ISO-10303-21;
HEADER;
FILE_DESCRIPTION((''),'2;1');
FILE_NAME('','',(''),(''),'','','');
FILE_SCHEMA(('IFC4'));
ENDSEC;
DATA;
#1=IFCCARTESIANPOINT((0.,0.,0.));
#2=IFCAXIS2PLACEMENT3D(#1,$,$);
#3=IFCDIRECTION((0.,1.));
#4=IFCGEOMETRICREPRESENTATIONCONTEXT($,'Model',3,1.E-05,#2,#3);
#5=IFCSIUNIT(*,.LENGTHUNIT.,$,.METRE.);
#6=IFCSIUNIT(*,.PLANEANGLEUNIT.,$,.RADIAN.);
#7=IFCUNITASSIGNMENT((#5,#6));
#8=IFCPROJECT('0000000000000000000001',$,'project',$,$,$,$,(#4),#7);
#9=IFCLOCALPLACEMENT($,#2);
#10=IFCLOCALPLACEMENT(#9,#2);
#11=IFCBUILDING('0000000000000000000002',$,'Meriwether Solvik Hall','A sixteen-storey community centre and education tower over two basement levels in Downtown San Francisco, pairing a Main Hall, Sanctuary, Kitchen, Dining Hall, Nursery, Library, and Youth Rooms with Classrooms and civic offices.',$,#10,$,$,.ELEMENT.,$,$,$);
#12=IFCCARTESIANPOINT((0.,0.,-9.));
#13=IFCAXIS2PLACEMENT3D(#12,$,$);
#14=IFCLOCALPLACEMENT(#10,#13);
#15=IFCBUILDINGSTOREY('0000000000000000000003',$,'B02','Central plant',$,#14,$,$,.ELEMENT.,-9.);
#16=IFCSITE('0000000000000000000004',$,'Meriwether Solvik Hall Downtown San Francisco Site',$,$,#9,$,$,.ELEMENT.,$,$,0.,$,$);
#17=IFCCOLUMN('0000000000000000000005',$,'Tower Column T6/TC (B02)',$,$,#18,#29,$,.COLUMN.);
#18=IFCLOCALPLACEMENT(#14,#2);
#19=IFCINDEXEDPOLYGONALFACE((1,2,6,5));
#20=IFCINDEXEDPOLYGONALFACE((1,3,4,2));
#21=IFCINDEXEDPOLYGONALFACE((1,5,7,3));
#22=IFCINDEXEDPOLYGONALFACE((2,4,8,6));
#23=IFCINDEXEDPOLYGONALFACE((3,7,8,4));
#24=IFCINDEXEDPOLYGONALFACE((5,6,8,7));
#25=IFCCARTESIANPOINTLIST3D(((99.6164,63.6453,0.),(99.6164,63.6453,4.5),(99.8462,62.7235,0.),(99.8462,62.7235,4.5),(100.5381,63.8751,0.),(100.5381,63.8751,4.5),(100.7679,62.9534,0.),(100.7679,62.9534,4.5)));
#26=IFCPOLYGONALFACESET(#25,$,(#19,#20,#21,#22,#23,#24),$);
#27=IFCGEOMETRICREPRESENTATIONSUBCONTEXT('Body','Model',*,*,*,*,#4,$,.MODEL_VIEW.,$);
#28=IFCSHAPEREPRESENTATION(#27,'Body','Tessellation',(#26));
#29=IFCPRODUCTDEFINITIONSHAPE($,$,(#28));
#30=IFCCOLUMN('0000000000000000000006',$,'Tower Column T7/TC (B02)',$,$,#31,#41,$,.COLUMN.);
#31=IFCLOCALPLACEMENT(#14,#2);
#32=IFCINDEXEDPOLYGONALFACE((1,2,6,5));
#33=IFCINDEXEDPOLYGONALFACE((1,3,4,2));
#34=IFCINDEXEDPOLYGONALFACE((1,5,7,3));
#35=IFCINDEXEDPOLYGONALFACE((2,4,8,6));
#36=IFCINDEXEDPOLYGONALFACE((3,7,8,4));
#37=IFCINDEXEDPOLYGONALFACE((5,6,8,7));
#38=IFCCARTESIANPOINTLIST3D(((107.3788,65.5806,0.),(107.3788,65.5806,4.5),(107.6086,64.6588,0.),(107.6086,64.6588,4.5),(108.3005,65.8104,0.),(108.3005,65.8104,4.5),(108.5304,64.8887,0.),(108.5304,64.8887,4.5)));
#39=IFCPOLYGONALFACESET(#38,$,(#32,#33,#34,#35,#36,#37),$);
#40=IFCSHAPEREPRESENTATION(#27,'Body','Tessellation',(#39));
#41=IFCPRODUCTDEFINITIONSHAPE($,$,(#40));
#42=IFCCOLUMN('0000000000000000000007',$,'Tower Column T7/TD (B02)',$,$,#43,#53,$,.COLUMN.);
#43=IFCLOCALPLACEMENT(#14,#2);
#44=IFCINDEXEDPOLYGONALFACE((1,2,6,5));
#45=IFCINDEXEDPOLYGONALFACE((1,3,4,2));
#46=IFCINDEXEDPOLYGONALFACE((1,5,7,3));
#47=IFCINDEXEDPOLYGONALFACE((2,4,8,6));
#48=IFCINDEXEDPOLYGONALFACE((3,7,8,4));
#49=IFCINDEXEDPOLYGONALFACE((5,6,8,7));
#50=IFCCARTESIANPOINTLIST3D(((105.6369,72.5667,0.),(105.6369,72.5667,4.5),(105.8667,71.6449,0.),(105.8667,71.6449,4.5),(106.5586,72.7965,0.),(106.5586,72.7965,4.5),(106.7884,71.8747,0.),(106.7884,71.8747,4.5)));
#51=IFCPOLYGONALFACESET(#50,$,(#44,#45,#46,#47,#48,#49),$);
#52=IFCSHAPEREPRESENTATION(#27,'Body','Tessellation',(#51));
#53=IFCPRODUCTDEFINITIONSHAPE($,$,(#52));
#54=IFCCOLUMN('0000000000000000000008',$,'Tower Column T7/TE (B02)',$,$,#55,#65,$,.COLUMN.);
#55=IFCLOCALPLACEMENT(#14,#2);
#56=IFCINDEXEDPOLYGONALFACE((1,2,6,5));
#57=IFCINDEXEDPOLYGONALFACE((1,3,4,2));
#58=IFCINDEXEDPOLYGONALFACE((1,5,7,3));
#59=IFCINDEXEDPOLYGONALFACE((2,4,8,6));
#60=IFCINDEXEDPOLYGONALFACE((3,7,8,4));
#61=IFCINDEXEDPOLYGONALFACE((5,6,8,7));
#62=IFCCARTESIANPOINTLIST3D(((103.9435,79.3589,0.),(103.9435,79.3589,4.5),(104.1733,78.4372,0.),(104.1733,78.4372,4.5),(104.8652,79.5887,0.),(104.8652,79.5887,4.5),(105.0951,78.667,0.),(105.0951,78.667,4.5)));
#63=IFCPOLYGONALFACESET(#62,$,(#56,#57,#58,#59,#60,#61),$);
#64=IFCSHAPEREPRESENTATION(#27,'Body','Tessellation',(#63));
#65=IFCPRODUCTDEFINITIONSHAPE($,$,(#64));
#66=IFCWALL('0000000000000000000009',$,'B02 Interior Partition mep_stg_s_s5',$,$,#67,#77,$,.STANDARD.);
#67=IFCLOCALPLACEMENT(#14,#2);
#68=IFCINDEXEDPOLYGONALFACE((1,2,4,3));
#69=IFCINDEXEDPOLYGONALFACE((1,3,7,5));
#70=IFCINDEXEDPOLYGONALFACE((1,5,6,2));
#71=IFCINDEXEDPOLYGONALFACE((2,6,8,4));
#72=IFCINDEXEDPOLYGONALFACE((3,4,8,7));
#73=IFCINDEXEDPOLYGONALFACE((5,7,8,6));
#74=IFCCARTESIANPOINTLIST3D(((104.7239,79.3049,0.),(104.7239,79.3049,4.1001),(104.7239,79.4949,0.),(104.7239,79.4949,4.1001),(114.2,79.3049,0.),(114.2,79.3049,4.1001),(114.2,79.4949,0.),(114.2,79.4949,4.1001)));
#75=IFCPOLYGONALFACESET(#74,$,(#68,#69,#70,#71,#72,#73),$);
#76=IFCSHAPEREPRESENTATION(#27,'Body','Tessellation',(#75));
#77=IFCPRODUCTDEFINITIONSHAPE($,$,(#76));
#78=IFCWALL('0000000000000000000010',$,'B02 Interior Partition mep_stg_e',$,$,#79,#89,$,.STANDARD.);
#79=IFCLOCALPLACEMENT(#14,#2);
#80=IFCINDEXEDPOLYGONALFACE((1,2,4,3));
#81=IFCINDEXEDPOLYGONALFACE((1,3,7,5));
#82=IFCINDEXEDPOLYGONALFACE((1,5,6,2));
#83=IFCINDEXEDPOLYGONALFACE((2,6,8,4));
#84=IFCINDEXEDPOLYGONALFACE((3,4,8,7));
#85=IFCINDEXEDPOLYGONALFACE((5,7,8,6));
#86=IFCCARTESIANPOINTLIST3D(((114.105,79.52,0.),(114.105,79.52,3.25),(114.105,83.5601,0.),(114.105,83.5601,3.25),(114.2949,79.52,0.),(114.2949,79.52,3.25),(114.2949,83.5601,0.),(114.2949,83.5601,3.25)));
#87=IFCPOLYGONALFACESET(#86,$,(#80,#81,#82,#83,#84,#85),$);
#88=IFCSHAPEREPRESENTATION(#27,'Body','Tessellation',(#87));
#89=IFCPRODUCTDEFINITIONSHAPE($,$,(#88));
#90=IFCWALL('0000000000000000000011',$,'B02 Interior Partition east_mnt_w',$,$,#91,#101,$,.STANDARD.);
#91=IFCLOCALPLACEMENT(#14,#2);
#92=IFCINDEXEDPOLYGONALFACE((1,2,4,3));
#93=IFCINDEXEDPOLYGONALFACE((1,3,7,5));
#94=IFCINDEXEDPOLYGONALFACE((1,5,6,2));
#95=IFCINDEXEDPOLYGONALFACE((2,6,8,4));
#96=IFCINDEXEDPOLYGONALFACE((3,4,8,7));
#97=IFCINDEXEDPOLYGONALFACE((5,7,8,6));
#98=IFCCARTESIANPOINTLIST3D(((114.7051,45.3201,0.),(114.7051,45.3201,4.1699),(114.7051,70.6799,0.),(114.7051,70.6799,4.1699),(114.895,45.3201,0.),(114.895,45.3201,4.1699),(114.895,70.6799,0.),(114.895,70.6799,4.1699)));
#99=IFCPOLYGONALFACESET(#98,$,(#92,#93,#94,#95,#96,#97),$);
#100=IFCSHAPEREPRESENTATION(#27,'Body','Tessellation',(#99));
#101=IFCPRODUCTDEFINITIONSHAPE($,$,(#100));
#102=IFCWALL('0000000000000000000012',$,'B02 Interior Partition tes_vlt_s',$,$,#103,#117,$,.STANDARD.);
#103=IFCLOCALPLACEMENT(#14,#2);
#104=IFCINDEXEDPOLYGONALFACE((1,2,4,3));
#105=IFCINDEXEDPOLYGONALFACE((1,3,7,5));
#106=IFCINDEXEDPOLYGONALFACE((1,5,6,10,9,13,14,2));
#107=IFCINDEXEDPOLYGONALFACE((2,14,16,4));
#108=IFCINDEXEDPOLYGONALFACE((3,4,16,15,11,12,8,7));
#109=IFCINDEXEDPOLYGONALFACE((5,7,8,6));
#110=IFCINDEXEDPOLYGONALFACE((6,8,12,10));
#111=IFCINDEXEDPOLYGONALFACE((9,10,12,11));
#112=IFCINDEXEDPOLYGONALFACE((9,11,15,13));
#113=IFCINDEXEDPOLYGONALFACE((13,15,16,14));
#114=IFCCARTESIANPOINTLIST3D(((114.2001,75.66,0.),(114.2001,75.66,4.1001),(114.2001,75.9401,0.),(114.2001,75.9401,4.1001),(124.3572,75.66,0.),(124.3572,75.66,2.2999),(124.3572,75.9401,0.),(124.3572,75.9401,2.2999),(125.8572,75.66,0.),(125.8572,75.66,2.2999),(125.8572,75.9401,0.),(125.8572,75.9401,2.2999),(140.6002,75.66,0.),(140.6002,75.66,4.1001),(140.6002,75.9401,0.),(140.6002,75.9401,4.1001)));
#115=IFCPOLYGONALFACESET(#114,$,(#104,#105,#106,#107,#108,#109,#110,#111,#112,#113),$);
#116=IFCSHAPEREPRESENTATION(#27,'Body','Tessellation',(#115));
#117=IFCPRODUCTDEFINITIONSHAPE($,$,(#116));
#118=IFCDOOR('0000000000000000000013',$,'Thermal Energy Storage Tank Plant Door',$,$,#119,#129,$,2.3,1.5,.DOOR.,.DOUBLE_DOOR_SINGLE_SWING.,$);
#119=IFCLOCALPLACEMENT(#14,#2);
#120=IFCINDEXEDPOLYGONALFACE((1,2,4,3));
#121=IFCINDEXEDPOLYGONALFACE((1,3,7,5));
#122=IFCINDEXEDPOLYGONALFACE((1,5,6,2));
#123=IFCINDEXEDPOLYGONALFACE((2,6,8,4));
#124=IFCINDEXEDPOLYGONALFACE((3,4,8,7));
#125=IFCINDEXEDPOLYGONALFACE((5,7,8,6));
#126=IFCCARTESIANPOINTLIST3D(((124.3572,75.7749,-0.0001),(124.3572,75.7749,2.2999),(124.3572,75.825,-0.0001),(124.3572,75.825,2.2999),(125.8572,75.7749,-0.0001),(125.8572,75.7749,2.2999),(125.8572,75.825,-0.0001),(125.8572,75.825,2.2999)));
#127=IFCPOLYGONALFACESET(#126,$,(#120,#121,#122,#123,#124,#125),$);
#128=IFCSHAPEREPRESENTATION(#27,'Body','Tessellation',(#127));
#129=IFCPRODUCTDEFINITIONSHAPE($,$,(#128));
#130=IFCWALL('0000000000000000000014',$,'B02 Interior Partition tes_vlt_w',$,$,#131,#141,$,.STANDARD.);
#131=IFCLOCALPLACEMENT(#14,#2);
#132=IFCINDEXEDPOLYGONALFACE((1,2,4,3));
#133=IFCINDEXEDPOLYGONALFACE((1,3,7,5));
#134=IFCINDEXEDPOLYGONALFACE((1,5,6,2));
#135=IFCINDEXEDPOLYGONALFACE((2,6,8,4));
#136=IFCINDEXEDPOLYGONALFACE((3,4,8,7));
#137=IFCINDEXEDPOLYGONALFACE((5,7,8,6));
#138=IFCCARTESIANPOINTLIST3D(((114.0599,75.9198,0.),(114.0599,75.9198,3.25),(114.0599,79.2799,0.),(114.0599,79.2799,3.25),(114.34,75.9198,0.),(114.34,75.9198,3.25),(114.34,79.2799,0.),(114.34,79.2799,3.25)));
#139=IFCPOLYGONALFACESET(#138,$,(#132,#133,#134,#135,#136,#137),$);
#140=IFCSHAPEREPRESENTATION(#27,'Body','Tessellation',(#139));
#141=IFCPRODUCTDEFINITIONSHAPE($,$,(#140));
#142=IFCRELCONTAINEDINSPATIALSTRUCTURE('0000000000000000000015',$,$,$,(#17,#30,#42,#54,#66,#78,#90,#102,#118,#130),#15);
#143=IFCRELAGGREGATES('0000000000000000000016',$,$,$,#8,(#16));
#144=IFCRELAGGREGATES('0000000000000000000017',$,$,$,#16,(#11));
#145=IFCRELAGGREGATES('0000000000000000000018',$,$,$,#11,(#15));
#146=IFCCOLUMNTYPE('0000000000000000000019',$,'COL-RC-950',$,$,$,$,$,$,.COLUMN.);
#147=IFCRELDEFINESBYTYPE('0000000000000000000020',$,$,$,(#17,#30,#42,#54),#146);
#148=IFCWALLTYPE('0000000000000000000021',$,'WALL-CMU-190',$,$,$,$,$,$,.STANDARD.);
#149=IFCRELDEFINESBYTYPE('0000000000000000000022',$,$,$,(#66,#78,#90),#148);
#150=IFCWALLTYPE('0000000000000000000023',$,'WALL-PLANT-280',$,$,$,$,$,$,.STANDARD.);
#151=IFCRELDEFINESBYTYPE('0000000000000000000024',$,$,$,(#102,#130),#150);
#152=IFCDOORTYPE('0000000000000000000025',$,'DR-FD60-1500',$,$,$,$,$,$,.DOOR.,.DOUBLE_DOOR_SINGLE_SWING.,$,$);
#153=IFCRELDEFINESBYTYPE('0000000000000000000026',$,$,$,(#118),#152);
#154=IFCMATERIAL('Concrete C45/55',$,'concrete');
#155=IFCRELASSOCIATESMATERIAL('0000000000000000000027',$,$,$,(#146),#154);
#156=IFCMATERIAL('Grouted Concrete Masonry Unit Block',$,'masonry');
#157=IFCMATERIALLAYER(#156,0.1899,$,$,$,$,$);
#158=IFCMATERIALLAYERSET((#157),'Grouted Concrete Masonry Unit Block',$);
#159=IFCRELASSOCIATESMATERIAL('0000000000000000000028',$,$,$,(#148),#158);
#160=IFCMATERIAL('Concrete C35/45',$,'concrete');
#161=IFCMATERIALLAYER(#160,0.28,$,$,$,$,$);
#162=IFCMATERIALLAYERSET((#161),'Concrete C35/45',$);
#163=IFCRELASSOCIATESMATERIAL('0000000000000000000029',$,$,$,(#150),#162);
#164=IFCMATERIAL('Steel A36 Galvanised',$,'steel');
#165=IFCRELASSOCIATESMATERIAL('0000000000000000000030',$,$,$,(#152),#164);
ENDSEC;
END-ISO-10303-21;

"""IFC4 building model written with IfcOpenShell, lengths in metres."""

from ifc_helpers import new_model, si_unit, direction, frame, frame_2d, origin, origin_2d, place, context, subcontext, project, spatial, rectangle, extrude, material, layer, layer_set, material_profile, profile_set, type_object, element, fill, save


model = new_model("IFC4")

# Units and contexts
model_context = context("Model", 3, precision=1e-05, world=origin(), true_north=direction((0.0, 1.0)))
body_context = subcontext(model_context, "Body", "Model", "MODEL_VIEW")
ifc_project = project(units=[si_unit("LENGTHUNIT", "METRE"), si_unit("PLANEANGLEUNIT", "RADIAN")], contexts=[model_context])

# Site, building, storey
site_placement = place(None, origin())
site = spatial("IfcSite", under=ifc_project, at=site_placement, Name="Meriwether Solvik Hall Downtown San Francisco Site", CompositionType="ELEMENT", RefElevation=0.0)
building_placement = place(site_placement, origin())
building = spatial("IfcBuilding", under=site, at=building_placement, Name="Meriwether Solvik Hall", Description="A sixteen-storey community centre and education tower over two basement levels in Downtown San Francisco, pairing a Main Hall, Sanctuary, Kitchen, Dining Hall, Nursery, Library, and Youth Rooms with Classrooms and civic offices.", CompositionType="ELEMENT")
storey_placement = place(building_placement, frame((0.0, 0.0, -9.0)))
storey = spatial("IfcBuildingStorey", under=building, at=storey_placement, Name="B02", Description="Central plant", CompositionType="ELEMENT", Elevation=-9.0)

# Columns
ifc_material_1 = material(Name="Concrete C45/55", Category="concrete")
ifc_material_profile_1 = material_profile(ifc_material_1, rectangle(XDim=0.95, YDim=0.95, at=origin_2d()), Name="RCC-950X950")
ifc_profile_set_1 = profile_set([ifc_material_profile_1], Name="Concrete C45/55")
column_type_1 = type_object("IfcColumnType", Name="COL-RC-950", PredefinedType="COLUMN", material=ifc_profile_set_1)
for number, where, z_axis, x_axis, name in (
    (1, (100.1921, 63.2993, 0.0), (0.0, 0.0, 1.0), (0.970296, 0.241922, 0.0), "Tower Column T6/TC (B02)"),
    (2, (107.9546, 65.2346, 0.0), (0.0, 0.0, 1.0), (0.970296, 0.241922, 0.0), "Tower Column T7/TC (B02)"),
    (3, (106.2126, 72.2207, 0.0), (0.0, 0.0, 1.0), (0.970296, 0.241922, 0.0), "Tower Column T7/TD (B02)"),
    (4, (104.5193, 79.0129, 0.0), (0.0, 0.0, 1.0), (0.970296, 0.241922, 0.0), "Tower Column T7/TE (B02)"),
):
    element("IfcColumn", number, at=place(storey_placement, frame(where, z_axis=z_axis, x_axis=x_axis)), inside=storey, type_object=column_type_1, Name=name, PredefinedType="COLUMN", context=body_context, shape_type="SweptSolid", body=[
        extrude(rectangle(XDim=0.95, YDim=0.95, at=origin_2d()), origin(), (0.0, 0.0, 1.0), 4.5),
    ])

# Walls
ifc_material_2 = material(Name="Grouted Concrete Masonry Unit Block", Category="masonry")
ifc_layer_1 = layer(ifc_material_2, 0.1899)
ifc_layer_set_1 = layer_set([ifc_layer_1], Name="Grouted Concrete Masonry Unit Block")
wall_type_1 = type_object("IfcWallType", Name="WALL-CMU-190", PredefinedType="STANDARD", material=ifc_layer_set_1)
wall_1_placement = place(storey_placement, frame((104.7239, 79.3999, 0.0), z_axis=(0.0, 0.0, 1.0), x_axis=(1.0, 0.0, 0.0)))
element("IfcWall", 5, at=wall_1_placement, inside=storey, type_object=wall_type_1, Name="B02 Interior Partition mep_stg_s_s5", PredefinedType="STANDARD", context=body_context, shape_type="SweptSolid", body=[
    extrude(rectangle(XDim=9.4761, YDim=0.1899, at=frame_2d((4.738, 0.0))), origin(), (0.0, 0.0, 1.0), 4.1001),
])
wall_2_placement = place(storey_placement, frame((114.2, 79.52, 0.0), z_axis=(0.0, 0.0, 1.0), x_axis=(0.0, 1.0, 0.0)))
element("IfcWall", 6, at=wall_2_placement, inside=storey, type_object=wall_type_1, Name="B02 Interior Partition mep_stg_e", PredefinedType="STANDARD", context=body_context, shape_type="SweptSolid", body=[
    extrude(rectangle(XDim=4.04, YDim=0.1899, at=frame_2d((2.02, 0.0))), origin(), (0.0, 0.0, 1.0), 3.25),
])
wall_3_placement = place(storey_placement, frame((114.8, 70.6799, 0.0), z_axis=(0.0, 0.0, 1.0), x_axis=(0.0, -1.0, 0.0)))
element("IfcWall", 7, at=wall_3_placement, inside=storey, type_object=wall_type_1, Name="B02 Interior Partition east_mnt_w", PredefinedType="STANDARD", context=body_context, shape_type="SweptSolid", body=[
    extrude(rectangle(XDim=25.3599, YDim=0.1899, at=frame_2d((12.6799, 0.0))), origin(), (0.0, 0.0, 1.0), 4.1699),
])

# Wall, opening, door
ifc_material_3 = material(Name="Concrete C35/45", Category="concrete")
ifc_layer_2 = layer(ifc_material_3, 0.28)
ifc_layer_set_2 = layer_set([ifc_layer_2], Name="Concrete C35/45")
wall_type_2 = type_object("IfcWallType", Name="WALL-PLANT-280", PredefinedType="STANDARD", material=ifc_layer_set_2)
wall_4_placement = place(storey_placement, frame((114.2, 75.8, 0.0), z_axis=(0.0, 0.0, 1.0), x_axis=(1.0, 0.0, 0.0)))
wall_4 = element("IfcWall", 8, at=wall_4_placement, inside=storey, type_object=wall_type_2, Name="B02 Interior Partition tes_vlt_s", PredefinedType="STANDARD", context=body_context, shape_type="SweptSolid", body=[
    extrude(rectangle(XDim=26.4001, YDim=0.28, at=frame_2d((13.2002, 0.0))), origin(), (0.0, 0.0, 1.0), 4.1001),
])
opening_placement = place(wall_4_placement, frame((10.1572, 0.0, 0.0)))
opening = element("IfcOpeningElement", 9, at=opening_placement, cuts=wall_4, PredefinedType="OPENING", context=body_context, shape_type="SweptSolid", body=[
    extrude(rectangle(XDim=1.5, YDim=2.3, at=frame_2d((0.75, 1.1499))), frame((0.0, 0.1519, 0.0), z_axis=(0.0, -1.0, 0.0), x_axis=(1.0, 0.0, 0.0)), (0.0, 0.0, 1.0), 0.304),
])
ifc_material_4 = material(Name="Steel A36 Galvanised", Category="steel")
door_type = type_object("IfcDoorType", Name="DR-FD60-1500", OperationType="DOUBLE_DOOR_SINGLE_SWING", PredefinedType="DOOR", material=ifc_material_4)
door_placement = place(opening_placement, origin())
door = element("IfcDoor", 10, at=door_placement, inside=storey, type_object=door_type, Name="Thermal Energy Storage Tank Plant Door", OperationType="DOUBLE_DOOR_SINGLE_SWING", OverallHeight=2.3, OverallWidth=1.5, PredefinedType="DOOR", context=body_context, shape_type="SweptSolid", body=[
    extrude(rectangle(XDim=1.5, YDim=2.3, at=frame_2d((0.75, 1.1499))), frame((0.0, 0.0249, 0.0), z_axis=(0.0, -1.0, 0.0), x_axis=(1.0, 0.0, 0.0)), (0.0, 0.0, 1.0), 0.05),
])
fill(opening, door)

# Wall
wall_5_placement = place(storey_placement, frame((114.2, 79.28, 0.0), z_axis=(0.0, 0.0, 1.0), x_axis=(0.0, -1.0, 0.0)))
element("IfcWall", 11, at=wall_5_placement, inside=storey, type_object=wall_type_2, Name="B02 Interior Partition tes_vlt_w", PredefinedType="STANDARD", context=body_context, shape_type="SweptSolid", body=[
    extrude(rectangle(XDim=3.3601, YDim=0.28, at=frame_2d((1.6802, 0.0))), origin(), (0.0, 0.0, 1.0), 3.25),
])

save(model, "model.ifc")
